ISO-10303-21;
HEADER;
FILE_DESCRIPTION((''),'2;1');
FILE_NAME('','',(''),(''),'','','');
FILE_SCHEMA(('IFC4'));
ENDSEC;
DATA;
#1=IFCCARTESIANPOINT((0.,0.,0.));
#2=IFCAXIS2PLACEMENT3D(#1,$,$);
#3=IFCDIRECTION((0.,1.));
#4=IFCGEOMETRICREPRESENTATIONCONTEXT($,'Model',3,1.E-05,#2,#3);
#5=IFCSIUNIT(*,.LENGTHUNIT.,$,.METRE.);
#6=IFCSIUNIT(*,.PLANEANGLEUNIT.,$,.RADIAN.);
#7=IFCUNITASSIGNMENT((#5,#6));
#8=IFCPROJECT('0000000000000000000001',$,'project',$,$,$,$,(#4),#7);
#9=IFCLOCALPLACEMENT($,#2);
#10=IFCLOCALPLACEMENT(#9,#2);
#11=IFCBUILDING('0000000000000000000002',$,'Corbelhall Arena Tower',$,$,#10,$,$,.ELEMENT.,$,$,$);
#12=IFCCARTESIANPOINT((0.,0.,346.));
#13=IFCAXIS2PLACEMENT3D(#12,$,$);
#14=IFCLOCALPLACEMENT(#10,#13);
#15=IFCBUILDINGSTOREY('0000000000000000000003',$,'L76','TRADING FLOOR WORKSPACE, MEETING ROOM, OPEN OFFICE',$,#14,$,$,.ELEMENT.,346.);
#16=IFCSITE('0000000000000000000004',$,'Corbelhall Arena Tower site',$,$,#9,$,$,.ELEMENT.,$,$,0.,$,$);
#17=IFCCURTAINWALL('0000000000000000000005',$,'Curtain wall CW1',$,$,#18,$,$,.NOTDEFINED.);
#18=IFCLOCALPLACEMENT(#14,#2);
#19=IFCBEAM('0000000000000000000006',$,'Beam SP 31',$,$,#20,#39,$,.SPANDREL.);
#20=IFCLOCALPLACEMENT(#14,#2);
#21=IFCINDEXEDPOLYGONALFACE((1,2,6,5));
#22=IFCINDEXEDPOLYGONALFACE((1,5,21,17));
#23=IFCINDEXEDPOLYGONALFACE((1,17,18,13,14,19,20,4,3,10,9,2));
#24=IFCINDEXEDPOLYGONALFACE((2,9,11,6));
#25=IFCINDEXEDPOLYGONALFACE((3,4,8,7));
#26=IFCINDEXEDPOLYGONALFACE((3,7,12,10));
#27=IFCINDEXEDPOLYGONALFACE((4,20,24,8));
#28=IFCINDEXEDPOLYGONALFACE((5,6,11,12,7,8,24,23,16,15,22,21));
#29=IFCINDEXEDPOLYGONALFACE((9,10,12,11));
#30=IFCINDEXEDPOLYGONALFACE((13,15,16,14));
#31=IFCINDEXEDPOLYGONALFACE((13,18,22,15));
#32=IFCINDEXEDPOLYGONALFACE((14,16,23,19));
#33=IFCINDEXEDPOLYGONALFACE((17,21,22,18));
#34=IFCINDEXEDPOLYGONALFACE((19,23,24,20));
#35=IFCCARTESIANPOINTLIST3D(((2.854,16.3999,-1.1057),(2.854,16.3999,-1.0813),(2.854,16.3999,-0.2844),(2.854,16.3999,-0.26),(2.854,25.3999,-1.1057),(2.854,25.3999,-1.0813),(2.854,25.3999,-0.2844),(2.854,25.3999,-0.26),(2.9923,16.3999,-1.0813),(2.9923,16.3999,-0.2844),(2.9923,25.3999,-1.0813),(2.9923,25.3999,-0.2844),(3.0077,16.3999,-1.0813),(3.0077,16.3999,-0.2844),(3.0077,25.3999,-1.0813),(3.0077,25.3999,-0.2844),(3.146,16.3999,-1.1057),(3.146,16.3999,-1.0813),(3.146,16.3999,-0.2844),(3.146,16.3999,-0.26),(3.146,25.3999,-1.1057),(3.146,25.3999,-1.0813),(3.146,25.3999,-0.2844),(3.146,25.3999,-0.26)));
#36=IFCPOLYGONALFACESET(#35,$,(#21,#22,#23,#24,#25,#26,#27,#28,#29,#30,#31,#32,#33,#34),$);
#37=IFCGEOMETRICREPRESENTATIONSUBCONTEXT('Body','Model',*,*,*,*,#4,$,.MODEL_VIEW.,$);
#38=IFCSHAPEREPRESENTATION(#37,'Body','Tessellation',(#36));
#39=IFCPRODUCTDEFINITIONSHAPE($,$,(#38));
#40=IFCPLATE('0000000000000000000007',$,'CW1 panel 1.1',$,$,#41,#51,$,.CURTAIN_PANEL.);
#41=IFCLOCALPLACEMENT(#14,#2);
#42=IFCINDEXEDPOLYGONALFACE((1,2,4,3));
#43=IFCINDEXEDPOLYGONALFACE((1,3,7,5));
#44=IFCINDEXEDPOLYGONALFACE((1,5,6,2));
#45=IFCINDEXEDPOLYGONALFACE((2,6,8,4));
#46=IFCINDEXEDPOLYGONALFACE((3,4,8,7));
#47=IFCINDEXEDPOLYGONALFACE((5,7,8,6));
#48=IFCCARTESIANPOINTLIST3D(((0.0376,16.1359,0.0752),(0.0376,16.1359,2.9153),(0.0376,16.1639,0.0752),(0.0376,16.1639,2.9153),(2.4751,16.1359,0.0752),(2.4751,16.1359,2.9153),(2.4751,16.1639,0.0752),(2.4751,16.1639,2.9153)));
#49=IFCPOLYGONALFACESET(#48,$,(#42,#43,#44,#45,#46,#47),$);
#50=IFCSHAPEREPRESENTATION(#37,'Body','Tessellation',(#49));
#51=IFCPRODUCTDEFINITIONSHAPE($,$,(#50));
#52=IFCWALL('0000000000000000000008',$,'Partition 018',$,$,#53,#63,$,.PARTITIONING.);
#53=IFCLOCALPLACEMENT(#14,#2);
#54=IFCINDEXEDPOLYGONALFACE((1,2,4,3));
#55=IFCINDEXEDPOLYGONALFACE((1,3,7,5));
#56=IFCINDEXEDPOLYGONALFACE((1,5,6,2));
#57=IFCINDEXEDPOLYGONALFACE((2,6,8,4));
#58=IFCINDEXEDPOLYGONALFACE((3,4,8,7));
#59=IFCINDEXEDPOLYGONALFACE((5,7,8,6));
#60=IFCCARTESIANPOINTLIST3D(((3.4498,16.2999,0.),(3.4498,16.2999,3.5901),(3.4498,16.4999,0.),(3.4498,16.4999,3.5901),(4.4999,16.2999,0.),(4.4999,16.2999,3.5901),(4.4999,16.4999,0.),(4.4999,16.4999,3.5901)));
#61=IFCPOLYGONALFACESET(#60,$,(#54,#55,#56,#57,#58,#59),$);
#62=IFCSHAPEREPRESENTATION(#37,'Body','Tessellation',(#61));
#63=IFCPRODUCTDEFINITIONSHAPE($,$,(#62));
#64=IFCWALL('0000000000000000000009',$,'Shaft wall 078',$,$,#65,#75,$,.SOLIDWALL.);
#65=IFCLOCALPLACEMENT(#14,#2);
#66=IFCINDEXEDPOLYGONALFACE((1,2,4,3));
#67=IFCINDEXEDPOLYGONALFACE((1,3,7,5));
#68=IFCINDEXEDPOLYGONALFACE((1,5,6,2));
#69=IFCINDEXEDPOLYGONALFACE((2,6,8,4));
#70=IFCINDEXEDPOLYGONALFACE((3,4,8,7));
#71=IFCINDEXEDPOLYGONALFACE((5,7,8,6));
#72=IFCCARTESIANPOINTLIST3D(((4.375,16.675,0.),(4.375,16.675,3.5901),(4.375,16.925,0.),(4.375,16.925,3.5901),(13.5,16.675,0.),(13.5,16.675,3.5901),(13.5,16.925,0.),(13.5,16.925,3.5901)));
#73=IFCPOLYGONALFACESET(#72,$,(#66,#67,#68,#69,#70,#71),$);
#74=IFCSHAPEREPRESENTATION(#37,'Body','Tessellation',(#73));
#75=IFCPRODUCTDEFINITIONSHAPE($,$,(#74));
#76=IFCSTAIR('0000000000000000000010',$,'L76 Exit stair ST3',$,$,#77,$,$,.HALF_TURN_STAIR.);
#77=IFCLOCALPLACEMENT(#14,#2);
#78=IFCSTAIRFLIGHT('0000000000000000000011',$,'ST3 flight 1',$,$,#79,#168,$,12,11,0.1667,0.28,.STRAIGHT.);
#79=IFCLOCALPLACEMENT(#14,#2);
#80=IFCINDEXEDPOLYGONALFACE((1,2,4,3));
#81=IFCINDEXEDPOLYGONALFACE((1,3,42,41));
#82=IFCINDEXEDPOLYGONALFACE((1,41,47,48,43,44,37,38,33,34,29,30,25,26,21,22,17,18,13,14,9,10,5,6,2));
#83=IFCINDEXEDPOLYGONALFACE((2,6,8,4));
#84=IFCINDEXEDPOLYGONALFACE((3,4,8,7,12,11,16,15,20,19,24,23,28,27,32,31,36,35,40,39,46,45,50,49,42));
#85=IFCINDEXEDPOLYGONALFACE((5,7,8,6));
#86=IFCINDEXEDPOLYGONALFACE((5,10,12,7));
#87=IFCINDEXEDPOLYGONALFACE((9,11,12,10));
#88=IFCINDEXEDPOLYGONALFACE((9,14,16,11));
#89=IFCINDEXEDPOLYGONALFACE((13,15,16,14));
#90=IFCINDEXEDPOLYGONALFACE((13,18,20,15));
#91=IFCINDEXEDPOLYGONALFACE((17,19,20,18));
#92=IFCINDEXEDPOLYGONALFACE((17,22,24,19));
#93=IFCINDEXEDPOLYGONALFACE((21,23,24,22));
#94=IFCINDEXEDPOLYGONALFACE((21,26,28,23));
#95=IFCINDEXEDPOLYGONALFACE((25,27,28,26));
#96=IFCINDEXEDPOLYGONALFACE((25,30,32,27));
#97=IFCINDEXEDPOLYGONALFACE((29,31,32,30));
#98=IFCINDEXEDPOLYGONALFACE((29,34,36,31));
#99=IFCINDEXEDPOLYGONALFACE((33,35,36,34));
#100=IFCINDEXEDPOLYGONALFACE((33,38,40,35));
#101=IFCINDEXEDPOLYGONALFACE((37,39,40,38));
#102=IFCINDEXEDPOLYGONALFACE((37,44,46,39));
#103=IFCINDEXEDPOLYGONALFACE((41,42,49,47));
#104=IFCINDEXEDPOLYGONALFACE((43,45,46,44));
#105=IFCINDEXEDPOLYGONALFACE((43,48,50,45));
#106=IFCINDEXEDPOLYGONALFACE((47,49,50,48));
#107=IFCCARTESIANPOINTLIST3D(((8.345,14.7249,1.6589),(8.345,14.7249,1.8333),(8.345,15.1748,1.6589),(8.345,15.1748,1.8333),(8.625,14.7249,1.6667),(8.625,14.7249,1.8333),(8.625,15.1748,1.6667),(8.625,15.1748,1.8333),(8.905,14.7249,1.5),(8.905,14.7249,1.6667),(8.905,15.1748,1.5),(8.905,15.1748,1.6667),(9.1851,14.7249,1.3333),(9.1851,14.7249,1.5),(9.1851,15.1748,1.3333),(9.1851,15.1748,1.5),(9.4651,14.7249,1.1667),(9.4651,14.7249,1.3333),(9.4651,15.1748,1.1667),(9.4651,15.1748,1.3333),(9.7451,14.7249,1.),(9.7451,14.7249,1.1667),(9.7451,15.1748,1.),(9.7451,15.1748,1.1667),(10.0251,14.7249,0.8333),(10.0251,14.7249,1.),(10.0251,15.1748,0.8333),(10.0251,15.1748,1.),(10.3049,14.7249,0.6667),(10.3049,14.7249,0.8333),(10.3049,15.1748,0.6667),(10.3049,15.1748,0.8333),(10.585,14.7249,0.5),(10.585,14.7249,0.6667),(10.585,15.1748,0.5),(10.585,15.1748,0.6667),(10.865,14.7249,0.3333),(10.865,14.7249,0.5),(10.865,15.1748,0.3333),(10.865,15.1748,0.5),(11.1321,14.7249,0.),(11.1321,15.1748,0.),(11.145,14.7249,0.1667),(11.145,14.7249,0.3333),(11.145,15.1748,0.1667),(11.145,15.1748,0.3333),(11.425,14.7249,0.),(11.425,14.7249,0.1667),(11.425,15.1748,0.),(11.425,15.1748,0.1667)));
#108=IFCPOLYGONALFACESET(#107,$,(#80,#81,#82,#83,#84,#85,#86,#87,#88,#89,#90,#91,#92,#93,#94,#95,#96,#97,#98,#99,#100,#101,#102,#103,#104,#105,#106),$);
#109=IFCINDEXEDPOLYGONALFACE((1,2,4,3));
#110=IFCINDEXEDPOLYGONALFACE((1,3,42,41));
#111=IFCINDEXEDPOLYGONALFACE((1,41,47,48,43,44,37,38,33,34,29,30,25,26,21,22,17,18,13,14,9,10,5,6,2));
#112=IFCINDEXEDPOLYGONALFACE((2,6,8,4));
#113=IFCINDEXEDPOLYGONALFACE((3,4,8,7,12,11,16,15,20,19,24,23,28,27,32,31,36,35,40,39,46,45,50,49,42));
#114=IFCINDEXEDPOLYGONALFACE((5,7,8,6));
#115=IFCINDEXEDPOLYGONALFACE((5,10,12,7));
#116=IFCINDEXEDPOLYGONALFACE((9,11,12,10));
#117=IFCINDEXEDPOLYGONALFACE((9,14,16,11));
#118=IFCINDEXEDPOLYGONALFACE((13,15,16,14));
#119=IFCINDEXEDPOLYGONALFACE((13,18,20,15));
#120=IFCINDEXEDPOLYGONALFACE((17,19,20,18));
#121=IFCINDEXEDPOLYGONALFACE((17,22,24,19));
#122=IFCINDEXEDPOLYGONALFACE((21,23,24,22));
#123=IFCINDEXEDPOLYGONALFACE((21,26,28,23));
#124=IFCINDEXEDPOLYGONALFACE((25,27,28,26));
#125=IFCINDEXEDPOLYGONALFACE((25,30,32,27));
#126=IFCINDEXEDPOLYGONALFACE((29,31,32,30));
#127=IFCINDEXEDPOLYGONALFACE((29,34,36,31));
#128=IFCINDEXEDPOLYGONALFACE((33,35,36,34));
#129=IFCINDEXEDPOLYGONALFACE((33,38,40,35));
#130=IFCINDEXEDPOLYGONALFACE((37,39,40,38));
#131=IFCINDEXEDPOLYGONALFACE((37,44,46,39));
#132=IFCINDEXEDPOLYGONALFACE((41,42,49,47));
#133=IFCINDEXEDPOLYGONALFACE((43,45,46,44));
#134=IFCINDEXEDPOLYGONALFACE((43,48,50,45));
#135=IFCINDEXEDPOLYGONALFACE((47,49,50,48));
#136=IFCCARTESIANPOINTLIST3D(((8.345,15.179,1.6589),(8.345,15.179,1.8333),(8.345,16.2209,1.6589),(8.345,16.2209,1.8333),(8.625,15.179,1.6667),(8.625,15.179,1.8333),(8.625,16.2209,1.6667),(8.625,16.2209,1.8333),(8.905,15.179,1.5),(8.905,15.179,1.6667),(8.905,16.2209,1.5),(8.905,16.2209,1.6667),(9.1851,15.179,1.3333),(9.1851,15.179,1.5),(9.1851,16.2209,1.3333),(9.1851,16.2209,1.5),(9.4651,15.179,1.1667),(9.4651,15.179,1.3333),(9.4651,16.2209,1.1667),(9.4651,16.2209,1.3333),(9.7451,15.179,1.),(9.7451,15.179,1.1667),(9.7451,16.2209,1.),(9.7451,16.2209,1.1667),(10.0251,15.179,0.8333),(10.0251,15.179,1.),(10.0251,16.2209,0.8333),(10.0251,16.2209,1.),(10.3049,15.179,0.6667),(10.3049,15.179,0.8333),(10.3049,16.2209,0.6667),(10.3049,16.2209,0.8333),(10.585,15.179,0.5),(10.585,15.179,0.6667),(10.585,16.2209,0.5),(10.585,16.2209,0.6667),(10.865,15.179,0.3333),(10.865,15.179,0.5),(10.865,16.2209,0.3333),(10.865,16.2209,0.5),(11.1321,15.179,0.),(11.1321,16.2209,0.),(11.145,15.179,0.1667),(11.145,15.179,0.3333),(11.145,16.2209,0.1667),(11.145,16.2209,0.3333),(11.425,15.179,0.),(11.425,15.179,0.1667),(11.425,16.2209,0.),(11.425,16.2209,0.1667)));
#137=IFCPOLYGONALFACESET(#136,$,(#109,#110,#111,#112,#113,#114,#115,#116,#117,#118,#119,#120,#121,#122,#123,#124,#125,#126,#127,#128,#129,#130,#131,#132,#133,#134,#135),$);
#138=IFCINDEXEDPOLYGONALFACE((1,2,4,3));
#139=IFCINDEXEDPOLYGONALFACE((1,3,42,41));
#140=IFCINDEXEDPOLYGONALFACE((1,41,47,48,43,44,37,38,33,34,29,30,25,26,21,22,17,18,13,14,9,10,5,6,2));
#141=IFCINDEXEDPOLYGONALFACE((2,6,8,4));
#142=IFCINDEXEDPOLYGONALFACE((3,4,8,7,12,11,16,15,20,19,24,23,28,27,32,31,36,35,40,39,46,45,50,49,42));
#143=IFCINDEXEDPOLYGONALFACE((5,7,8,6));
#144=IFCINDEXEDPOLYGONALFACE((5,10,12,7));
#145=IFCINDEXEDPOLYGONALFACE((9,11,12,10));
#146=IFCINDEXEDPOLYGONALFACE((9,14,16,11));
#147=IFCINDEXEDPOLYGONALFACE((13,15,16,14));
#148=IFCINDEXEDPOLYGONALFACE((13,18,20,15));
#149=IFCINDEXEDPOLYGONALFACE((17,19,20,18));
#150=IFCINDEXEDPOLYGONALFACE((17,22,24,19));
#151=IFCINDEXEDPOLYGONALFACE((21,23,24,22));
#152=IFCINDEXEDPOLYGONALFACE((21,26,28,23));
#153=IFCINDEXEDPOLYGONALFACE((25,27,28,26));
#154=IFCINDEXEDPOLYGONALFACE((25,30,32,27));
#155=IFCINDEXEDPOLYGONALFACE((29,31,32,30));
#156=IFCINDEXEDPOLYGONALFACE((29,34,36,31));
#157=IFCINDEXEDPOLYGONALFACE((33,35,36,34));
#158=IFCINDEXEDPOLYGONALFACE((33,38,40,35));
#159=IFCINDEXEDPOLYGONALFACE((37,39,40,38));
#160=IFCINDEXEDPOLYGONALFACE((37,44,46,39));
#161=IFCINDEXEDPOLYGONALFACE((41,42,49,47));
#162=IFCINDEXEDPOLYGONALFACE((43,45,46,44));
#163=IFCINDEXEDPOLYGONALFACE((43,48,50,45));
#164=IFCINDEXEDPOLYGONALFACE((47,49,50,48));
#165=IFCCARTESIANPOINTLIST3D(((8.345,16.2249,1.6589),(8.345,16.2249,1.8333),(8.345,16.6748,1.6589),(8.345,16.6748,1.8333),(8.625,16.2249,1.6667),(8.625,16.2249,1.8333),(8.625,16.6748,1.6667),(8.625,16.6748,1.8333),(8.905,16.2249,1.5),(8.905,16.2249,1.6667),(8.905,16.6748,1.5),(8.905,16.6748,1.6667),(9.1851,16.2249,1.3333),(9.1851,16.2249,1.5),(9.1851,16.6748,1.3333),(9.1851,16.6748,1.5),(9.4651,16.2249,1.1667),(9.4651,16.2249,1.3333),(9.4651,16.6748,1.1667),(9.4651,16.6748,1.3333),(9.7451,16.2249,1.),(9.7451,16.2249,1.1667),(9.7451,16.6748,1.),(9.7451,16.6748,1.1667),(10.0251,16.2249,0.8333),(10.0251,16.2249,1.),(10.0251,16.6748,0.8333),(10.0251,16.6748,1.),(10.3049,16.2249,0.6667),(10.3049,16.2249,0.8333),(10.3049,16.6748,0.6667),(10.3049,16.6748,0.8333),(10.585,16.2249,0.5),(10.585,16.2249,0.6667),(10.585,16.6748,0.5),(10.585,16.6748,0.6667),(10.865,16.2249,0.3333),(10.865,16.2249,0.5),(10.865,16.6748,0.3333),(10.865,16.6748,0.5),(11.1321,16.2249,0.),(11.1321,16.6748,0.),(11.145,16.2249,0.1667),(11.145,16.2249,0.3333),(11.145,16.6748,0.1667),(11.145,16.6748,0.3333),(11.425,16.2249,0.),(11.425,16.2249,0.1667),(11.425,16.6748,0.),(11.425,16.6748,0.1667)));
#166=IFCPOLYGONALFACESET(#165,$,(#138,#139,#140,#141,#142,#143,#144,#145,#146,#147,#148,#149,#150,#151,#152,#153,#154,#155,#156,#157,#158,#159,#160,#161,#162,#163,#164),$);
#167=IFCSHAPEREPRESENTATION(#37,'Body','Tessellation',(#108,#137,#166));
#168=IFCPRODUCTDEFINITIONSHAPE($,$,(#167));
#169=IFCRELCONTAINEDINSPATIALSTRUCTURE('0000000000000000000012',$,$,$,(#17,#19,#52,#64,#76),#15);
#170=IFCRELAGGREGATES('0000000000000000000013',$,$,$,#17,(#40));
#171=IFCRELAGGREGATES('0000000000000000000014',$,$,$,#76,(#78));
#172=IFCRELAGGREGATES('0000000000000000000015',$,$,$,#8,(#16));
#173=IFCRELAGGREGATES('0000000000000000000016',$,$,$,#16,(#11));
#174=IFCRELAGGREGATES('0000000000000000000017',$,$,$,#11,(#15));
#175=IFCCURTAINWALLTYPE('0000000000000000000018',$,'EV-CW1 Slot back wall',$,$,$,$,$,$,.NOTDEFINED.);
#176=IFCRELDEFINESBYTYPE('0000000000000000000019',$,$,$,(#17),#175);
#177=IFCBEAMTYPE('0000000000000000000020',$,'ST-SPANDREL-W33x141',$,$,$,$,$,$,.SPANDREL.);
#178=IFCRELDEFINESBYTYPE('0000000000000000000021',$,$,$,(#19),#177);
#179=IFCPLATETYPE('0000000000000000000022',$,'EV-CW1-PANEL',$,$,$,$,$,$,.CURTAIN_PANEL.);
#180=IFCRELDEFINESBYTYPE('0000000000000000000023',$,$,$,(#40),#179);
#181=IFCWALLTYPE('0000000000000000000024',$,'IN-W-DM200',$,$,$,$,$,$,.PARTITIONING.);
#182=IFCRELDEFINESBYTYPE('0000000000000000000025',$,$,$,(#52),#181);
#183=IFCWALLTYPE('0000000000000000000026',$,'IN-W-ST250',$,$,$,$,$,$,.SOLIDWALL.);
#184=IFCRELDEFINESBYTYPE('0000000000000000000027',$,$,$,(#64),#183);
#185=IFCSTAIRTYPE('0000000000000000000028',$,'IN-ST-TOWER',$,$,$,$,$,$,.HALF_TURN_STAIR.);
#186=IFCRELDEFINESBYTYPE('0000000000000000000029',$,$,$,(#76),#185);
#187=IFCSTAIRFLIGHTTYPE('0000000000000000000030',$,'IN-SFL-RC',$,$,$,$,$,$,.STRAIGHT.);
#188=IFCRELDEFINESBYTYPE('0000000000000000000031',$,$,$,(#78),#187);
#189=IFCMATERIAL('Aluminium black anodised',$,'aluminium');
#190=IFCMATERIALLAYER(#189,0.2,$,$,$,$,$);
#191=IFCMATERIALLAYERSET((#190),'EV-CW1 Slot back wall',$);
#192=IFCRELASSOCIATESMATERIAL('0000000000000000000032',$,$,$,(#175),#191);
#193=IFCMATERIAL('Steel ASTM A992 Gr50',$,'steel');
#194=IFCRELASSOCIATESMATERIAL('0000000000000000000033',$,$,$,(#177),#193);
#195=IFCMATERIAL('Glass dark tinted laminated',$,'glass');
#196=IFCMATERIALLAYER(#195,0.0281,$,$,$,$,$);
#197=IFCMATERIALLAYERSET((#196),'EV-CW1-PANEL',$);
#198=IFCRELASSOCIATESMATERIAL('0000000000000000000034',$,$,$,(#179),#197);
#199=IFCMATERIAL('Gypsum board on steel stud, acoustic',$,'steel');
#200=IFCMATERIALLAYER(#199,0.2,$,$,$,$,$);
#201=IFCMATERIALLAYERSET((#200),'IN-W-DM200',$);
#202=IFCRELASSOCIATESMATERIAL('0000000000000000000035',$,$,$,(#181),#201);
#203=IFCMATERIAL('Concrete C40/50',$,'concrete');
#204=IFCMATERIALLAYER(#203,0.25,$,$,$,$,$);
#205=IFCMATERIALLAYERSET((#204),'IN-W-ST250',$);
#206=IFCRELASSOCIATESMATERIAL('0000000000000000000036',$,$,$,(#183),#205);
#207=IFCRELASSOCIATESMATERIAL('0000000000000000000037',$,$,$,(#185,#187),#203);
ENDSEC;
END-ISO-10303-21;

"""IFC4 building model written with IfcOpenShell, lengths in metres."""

from ifc_helpers import new_model, si_unit, direction, frame, frame_2d, origin, origin_2d, place, context, subcontext, project, spatial, polyline, rectangle, i_section, outline, extrude, material, layer, layer_set, material_profile, profile_set, type_object, element, aggregate, save


model = new_model("IFC4")

# Units and contexts
model_context = context("Model", 3, precision=1e-05, world=origin(), true_north=direction((0.0, 1.0)))
body_context = subcontext(model_context, "Body", "Model", "MODEL_VIEW")
ifc_project = project(units=[si_unit("LENGTHUNIT", "METRE"), si_unit("PLANEANGLEUNIT", "RADIAN")], contexts=[model_context])

# Site, building, storey
site_placement = place(None, origin())
site = spatial("IfcSite", under=ifc_project, at=site_placement, Name="Corbelhall Arena Tower site", CompositionType="ELEMENT", RefElevation=0.0)
building_placement = place(site_placement, origin())
building = spatial("IfcBuilding", under=site, at=building_placement, Name="Corbelhall Arena Tower", CompositionType="ELEMENT")
storey_placement = place(building_placement, frame((0.0, 0.0, 346.0)))
storey = spatial("IfcBuildingStorey", under=building, at=storey_placement, Name="L76", Description="TRADING FLOOR WORKSPACE, MEETING ROOM, OPEN OFFICE", CompositionType="ELEMENT", Elevation=346.0)

# Curtain wall
ifc_material_1 = material(Name="Aluminium black anodised", Category="aluminium")
ifc_layer_1 = layer(ifc_material_1, 0.2)
ifc_layer_set_1 = layer_set([ifc_layer_1], Name="EV-CW1 Slot back wall")
curtain_wall_type = type_object("IfcCurtainWallType", Name="EV-CW1 Slot back wall", PredefinedType="NOTDEFINED", material=ifc_layer_set_1)
curtain_wall_placement = place(storey_placement, origin())
curtain_wall = element("IfcCurtainWall", 1, at=curtain_wall_placement, inside=storey, type_object=curtain_wall_type, Name="Curtain wall CW1", PredefinedType="NOTDEFINED")

# Beam
ifc_material_2 = material(Name="Steel ASTM A992 Gr50", Category="steel")
ifc_material_profile_1 = material_profile(ifc_material_2, i_section(OverallWidth=0.292, OverallDepth=0.8457, WebThickness=0.0154, FlangeThickness=0.0244, at=origin_2d()))
ifc_profile_set_1 = profile_set([ifc_material_profile_1], Name="Steel ASTM A992 Gr50")
beam_type_1 = type_object("IfcBeamType", Name="ST-SPANDREL-W33x141", PredefinedType="SPANDREL", material=ifc_profile_set_1)
beam_1_placement = place(storey_placement, frame((3.0, 16.3999, -0.6829), z_axis=(0.0, 1.0, 0.0), x_axis=(-1.0, 0.0, 0.0)))
element("IfcBeam", 2, at=beam_1_placement, inside=storey, type_object=beam_type_1, Name="Beam SP 31", PredefinedType="SPANDREL", context=body_context, shape_type="SweptSolid", body=[
    extrude(i_section(OverallWidth=0.292, OverallDepth=0.8457, WebThickness=0.0154, FlangeThickness=0.0244, at=origin_2d()), origin(), (0.0, 0.0, 1.0), 9.0),
])

# Plate
ifc_material_3 = material(Name="Glass dark tinted laminated", Category="glass")
ifc_layer_2 = layer(ifc_material_3, 0.0281)
ifc_layer_set_2 = layer_set([ifc_layer_2], Name="EV-CW1-PANEL")
plate_type = type_object("IfcPlateType", Name="EV-CW1-PANEL", PredefinedType="CURTAIN_PANEL", material=ifc_layer_set_2)
plate_placement = place(storey_placement, frame((1.2563, 16.1499, 0.0752), z_axis=(0.0, 0.0, 1.0), x_axis=(-1.0, 0.0, 0.0)))
plate = element("IfcPlate", 3, at=plate_placement, type_object=plate_type, Name="CW1 panel 1.1", PredefinedType="CURTAIN_PANEL", context=body_context, shape_type="SweptSolid", body=[
    extrude(rectangle(XDim=2.4375, YDim=0.0281, at=origin_2d()), origin(), (0.0, 0.0, 1.0), 2.8401),
])
aggregate(curtain_wall, [plate])

# Walls
ifc_material_4 = material(Name="Gypsum board on steel stud, acoustic", Category="steel")
ifc_layer_3 = layer(ifc_material_4, 0.2)
ifc_layer_set_3 = layer_set([ifc_layer_3], Name="IN-W-DM200")
wall_type_1 = type_object("IfcWallType", Name="IN-W-DM200", PredefinedType="PARTITIONING", material=ifc_layer_set_3)
wall_1_placement = place(storey_placement, frame((3.45, 16.3999, 0.0), z_axis=(0.0, 0.0, 1.0), x_axis=(1.0, 0.0, 0.0)))
element("IfcWall", 4, at=wall_1_placement, inside=storey, type_object=wall_type_1, Name="Partition 018", PredefinedType="PARTITIONING", context=body_context, shape_type="SweptSolid", body=[
    extrude(rectangle(XDim=1.05, YDim=0.2, at=frame_2d((0.5249, 0.0))), origin(), (0.0, 0.0, 1.0), 3.5901),
])
ifc_material_5 = material(Name="Concrete C40/50", Category="concrete")
ifc_layer_4 = layer(ifc_material_5, 0.25)
ifc_layer_set_4 = layer_set([ifc_layer_4], Name="IN-W-ST250")
wall_type_2 = type_object("IfcWallType", Name="IN-W-ST250", PredefinedType="SOLIDWALL", material=ifc_layer_set_4)
wall_2_placement = place(storey_placement, frame((4.375, 16.8, 0.0), z_axis=(0.0, 0.0, 1.0), x_axis=(1.0, 0.0, 0.0)))
element("IfcWall", 5, at=wall_2_placement, inside=storey, type_object=wall_type_2, Name="Shaft wall 078", PredefinedType="SOLIDWALL", context=body_context, shape_type="SweptSolid", body=[
    extrude(rectangle(XDim=9.125, YDim=0.25, at=frame_2d((4.5625, 0.0))), origin(), (0.0, 0.0, 1.0), 3.5901),
])

# Stair, stair flight
stair_type = type_object("IfcStairType", Name="IN-ST-TOWER", PredefinedType="HALF_TURN_STAIR", material=ifc_material_5)
stair_placement = place(storey_placement, origin())
stair = element("IfcStair", 6, at=stair_placement, inside=storey, type_object=stair_type, Name="L76 Exit stair ST3", PredefinedType="HALF_TURN_STAIR")
stair_flight_type = type_object("IfcStairFlightType", Name="IN-SFL-RC", PredefinedType="STRAIGHT", material=ifc_material_5)
stair_flight_placement = place(storey_placement, frame((11.425, 15.7, 0.0), z_axis=(0.0, 0.0, 1.0), x_axis=(-1.0, 0.0, 0.0)))
stair_flight = element("IfcStairFlight", 7, at=stair_flight_placement, type_object=stair_flight_type, Name="ST3 flight 1", NumberOfRisers=12, NumberOfTreads=11, PredefinedType="STRAIGHT", RiserHeight=0.1667, TreadLength=0.28, context=body_context, shape_type="SweptSolid", body=[
    extrude(outline(polyline([(0.0, 0.0), (0.0, 0.1667), (0.28, 0.1667), (0.28, 0.3333), (0.5601, 0.3333), (0.5601, 0.5), (0.8401, 0.5), (0.8401, 0.6667), (1.1201, 0.6667), (1.1201, 0.8333), (1.3999, 0.8333), (1.3999, 1.0), (1.6799, 1.0), (1.6799, 1.1667), (1.96, 1.1667), (1.96, 1.3333), (2.24, 1.3333), (2.24, 1.5), (2.52, 1.5), (2.52, 1.6667), (2.8, 1.6667), (2.8, 1.8333), (3.0801, 1.8333), (3.0801, 2.0), (3.0801, 1.6589), (0.293, 0.0), (0.0, 0.0)])), frame((0.0, 0.9751, 0.0), z_axis=(0.0, -1.0, 0.0), x_axis=(1.0, 0.0, 0.0)), (0.0, 0.0, 1.0), 0.45),
    extrude(outline(polyline([(0.0, 0.0), (0.0, 0.1667), (0.28, 0.1667), (0.28, 0.3333), (0.5601, 0.3333), (0.5601, 0.5), (0.8401, 0.5), (0.8401, 0.6667), (1.1201, 0.6667), (1.1201, 0.8333), (1.3999, 0.8333), (1.3999, 1.0), (1.6799, 1.0), (1.6799, 1.1667), (1.96, 1.1667), (1.96, 1.3333), (2.24, 1.3333), (2.24, 1.5), (2.52, 1.5), (2.52, 1.6667), (2.8, 1.6667), (2.8, 1.8333), (3.0801, 1.8333), (3.0801, 2.0), (3.0801, 1.6589), (0.293, 0.0), (0.0, 0.0)])), frame((0.0, 0.521, 0.0), z_axis=(0.0, -1.0, 0.0), x_axis=(1.0, 0.0, 0.0)), (0.0, 0.0, 1.0), 1.042),
    extrude(outline(polyline([(0.0, 0.0), (0.0, 0.1667), (0.28, 0.1667), (0.28, 0.3333), (0.5601, 0.3333), (0.5601, 0.5), (0.8401, 0.5), (0.8401, 0.6667), (1.1201, 0.6667), (1.1201, 0.8333), (1.3999, 0.8333), (1.3999, 1.0), (1.6799, 1.0), (1.6799, 1.1667), (1.96, 1.1667), (1.96, 1.3333), (2.24, 1.3333), (2.24, 1.5), (2.52, 1.5), (2.52, 1.6667), (2.8, 1.6667), (2.8, 1.8333), (3.0801, 1.8333), (3.0801, 2.0), (3.0801, 1.6589), (0.293, 0.0), (0.0, 0.0)])), frame((0.0, -0.5249, 0.0), z_axis=(0.0, -1.0, 0.0), x_axis=(1.0, 0.0, 0.0)), (0.0, 0.0, 1.0), 0.45),
])
aggregate(stair, [stair_flight])

save(model, "model.ifc")
